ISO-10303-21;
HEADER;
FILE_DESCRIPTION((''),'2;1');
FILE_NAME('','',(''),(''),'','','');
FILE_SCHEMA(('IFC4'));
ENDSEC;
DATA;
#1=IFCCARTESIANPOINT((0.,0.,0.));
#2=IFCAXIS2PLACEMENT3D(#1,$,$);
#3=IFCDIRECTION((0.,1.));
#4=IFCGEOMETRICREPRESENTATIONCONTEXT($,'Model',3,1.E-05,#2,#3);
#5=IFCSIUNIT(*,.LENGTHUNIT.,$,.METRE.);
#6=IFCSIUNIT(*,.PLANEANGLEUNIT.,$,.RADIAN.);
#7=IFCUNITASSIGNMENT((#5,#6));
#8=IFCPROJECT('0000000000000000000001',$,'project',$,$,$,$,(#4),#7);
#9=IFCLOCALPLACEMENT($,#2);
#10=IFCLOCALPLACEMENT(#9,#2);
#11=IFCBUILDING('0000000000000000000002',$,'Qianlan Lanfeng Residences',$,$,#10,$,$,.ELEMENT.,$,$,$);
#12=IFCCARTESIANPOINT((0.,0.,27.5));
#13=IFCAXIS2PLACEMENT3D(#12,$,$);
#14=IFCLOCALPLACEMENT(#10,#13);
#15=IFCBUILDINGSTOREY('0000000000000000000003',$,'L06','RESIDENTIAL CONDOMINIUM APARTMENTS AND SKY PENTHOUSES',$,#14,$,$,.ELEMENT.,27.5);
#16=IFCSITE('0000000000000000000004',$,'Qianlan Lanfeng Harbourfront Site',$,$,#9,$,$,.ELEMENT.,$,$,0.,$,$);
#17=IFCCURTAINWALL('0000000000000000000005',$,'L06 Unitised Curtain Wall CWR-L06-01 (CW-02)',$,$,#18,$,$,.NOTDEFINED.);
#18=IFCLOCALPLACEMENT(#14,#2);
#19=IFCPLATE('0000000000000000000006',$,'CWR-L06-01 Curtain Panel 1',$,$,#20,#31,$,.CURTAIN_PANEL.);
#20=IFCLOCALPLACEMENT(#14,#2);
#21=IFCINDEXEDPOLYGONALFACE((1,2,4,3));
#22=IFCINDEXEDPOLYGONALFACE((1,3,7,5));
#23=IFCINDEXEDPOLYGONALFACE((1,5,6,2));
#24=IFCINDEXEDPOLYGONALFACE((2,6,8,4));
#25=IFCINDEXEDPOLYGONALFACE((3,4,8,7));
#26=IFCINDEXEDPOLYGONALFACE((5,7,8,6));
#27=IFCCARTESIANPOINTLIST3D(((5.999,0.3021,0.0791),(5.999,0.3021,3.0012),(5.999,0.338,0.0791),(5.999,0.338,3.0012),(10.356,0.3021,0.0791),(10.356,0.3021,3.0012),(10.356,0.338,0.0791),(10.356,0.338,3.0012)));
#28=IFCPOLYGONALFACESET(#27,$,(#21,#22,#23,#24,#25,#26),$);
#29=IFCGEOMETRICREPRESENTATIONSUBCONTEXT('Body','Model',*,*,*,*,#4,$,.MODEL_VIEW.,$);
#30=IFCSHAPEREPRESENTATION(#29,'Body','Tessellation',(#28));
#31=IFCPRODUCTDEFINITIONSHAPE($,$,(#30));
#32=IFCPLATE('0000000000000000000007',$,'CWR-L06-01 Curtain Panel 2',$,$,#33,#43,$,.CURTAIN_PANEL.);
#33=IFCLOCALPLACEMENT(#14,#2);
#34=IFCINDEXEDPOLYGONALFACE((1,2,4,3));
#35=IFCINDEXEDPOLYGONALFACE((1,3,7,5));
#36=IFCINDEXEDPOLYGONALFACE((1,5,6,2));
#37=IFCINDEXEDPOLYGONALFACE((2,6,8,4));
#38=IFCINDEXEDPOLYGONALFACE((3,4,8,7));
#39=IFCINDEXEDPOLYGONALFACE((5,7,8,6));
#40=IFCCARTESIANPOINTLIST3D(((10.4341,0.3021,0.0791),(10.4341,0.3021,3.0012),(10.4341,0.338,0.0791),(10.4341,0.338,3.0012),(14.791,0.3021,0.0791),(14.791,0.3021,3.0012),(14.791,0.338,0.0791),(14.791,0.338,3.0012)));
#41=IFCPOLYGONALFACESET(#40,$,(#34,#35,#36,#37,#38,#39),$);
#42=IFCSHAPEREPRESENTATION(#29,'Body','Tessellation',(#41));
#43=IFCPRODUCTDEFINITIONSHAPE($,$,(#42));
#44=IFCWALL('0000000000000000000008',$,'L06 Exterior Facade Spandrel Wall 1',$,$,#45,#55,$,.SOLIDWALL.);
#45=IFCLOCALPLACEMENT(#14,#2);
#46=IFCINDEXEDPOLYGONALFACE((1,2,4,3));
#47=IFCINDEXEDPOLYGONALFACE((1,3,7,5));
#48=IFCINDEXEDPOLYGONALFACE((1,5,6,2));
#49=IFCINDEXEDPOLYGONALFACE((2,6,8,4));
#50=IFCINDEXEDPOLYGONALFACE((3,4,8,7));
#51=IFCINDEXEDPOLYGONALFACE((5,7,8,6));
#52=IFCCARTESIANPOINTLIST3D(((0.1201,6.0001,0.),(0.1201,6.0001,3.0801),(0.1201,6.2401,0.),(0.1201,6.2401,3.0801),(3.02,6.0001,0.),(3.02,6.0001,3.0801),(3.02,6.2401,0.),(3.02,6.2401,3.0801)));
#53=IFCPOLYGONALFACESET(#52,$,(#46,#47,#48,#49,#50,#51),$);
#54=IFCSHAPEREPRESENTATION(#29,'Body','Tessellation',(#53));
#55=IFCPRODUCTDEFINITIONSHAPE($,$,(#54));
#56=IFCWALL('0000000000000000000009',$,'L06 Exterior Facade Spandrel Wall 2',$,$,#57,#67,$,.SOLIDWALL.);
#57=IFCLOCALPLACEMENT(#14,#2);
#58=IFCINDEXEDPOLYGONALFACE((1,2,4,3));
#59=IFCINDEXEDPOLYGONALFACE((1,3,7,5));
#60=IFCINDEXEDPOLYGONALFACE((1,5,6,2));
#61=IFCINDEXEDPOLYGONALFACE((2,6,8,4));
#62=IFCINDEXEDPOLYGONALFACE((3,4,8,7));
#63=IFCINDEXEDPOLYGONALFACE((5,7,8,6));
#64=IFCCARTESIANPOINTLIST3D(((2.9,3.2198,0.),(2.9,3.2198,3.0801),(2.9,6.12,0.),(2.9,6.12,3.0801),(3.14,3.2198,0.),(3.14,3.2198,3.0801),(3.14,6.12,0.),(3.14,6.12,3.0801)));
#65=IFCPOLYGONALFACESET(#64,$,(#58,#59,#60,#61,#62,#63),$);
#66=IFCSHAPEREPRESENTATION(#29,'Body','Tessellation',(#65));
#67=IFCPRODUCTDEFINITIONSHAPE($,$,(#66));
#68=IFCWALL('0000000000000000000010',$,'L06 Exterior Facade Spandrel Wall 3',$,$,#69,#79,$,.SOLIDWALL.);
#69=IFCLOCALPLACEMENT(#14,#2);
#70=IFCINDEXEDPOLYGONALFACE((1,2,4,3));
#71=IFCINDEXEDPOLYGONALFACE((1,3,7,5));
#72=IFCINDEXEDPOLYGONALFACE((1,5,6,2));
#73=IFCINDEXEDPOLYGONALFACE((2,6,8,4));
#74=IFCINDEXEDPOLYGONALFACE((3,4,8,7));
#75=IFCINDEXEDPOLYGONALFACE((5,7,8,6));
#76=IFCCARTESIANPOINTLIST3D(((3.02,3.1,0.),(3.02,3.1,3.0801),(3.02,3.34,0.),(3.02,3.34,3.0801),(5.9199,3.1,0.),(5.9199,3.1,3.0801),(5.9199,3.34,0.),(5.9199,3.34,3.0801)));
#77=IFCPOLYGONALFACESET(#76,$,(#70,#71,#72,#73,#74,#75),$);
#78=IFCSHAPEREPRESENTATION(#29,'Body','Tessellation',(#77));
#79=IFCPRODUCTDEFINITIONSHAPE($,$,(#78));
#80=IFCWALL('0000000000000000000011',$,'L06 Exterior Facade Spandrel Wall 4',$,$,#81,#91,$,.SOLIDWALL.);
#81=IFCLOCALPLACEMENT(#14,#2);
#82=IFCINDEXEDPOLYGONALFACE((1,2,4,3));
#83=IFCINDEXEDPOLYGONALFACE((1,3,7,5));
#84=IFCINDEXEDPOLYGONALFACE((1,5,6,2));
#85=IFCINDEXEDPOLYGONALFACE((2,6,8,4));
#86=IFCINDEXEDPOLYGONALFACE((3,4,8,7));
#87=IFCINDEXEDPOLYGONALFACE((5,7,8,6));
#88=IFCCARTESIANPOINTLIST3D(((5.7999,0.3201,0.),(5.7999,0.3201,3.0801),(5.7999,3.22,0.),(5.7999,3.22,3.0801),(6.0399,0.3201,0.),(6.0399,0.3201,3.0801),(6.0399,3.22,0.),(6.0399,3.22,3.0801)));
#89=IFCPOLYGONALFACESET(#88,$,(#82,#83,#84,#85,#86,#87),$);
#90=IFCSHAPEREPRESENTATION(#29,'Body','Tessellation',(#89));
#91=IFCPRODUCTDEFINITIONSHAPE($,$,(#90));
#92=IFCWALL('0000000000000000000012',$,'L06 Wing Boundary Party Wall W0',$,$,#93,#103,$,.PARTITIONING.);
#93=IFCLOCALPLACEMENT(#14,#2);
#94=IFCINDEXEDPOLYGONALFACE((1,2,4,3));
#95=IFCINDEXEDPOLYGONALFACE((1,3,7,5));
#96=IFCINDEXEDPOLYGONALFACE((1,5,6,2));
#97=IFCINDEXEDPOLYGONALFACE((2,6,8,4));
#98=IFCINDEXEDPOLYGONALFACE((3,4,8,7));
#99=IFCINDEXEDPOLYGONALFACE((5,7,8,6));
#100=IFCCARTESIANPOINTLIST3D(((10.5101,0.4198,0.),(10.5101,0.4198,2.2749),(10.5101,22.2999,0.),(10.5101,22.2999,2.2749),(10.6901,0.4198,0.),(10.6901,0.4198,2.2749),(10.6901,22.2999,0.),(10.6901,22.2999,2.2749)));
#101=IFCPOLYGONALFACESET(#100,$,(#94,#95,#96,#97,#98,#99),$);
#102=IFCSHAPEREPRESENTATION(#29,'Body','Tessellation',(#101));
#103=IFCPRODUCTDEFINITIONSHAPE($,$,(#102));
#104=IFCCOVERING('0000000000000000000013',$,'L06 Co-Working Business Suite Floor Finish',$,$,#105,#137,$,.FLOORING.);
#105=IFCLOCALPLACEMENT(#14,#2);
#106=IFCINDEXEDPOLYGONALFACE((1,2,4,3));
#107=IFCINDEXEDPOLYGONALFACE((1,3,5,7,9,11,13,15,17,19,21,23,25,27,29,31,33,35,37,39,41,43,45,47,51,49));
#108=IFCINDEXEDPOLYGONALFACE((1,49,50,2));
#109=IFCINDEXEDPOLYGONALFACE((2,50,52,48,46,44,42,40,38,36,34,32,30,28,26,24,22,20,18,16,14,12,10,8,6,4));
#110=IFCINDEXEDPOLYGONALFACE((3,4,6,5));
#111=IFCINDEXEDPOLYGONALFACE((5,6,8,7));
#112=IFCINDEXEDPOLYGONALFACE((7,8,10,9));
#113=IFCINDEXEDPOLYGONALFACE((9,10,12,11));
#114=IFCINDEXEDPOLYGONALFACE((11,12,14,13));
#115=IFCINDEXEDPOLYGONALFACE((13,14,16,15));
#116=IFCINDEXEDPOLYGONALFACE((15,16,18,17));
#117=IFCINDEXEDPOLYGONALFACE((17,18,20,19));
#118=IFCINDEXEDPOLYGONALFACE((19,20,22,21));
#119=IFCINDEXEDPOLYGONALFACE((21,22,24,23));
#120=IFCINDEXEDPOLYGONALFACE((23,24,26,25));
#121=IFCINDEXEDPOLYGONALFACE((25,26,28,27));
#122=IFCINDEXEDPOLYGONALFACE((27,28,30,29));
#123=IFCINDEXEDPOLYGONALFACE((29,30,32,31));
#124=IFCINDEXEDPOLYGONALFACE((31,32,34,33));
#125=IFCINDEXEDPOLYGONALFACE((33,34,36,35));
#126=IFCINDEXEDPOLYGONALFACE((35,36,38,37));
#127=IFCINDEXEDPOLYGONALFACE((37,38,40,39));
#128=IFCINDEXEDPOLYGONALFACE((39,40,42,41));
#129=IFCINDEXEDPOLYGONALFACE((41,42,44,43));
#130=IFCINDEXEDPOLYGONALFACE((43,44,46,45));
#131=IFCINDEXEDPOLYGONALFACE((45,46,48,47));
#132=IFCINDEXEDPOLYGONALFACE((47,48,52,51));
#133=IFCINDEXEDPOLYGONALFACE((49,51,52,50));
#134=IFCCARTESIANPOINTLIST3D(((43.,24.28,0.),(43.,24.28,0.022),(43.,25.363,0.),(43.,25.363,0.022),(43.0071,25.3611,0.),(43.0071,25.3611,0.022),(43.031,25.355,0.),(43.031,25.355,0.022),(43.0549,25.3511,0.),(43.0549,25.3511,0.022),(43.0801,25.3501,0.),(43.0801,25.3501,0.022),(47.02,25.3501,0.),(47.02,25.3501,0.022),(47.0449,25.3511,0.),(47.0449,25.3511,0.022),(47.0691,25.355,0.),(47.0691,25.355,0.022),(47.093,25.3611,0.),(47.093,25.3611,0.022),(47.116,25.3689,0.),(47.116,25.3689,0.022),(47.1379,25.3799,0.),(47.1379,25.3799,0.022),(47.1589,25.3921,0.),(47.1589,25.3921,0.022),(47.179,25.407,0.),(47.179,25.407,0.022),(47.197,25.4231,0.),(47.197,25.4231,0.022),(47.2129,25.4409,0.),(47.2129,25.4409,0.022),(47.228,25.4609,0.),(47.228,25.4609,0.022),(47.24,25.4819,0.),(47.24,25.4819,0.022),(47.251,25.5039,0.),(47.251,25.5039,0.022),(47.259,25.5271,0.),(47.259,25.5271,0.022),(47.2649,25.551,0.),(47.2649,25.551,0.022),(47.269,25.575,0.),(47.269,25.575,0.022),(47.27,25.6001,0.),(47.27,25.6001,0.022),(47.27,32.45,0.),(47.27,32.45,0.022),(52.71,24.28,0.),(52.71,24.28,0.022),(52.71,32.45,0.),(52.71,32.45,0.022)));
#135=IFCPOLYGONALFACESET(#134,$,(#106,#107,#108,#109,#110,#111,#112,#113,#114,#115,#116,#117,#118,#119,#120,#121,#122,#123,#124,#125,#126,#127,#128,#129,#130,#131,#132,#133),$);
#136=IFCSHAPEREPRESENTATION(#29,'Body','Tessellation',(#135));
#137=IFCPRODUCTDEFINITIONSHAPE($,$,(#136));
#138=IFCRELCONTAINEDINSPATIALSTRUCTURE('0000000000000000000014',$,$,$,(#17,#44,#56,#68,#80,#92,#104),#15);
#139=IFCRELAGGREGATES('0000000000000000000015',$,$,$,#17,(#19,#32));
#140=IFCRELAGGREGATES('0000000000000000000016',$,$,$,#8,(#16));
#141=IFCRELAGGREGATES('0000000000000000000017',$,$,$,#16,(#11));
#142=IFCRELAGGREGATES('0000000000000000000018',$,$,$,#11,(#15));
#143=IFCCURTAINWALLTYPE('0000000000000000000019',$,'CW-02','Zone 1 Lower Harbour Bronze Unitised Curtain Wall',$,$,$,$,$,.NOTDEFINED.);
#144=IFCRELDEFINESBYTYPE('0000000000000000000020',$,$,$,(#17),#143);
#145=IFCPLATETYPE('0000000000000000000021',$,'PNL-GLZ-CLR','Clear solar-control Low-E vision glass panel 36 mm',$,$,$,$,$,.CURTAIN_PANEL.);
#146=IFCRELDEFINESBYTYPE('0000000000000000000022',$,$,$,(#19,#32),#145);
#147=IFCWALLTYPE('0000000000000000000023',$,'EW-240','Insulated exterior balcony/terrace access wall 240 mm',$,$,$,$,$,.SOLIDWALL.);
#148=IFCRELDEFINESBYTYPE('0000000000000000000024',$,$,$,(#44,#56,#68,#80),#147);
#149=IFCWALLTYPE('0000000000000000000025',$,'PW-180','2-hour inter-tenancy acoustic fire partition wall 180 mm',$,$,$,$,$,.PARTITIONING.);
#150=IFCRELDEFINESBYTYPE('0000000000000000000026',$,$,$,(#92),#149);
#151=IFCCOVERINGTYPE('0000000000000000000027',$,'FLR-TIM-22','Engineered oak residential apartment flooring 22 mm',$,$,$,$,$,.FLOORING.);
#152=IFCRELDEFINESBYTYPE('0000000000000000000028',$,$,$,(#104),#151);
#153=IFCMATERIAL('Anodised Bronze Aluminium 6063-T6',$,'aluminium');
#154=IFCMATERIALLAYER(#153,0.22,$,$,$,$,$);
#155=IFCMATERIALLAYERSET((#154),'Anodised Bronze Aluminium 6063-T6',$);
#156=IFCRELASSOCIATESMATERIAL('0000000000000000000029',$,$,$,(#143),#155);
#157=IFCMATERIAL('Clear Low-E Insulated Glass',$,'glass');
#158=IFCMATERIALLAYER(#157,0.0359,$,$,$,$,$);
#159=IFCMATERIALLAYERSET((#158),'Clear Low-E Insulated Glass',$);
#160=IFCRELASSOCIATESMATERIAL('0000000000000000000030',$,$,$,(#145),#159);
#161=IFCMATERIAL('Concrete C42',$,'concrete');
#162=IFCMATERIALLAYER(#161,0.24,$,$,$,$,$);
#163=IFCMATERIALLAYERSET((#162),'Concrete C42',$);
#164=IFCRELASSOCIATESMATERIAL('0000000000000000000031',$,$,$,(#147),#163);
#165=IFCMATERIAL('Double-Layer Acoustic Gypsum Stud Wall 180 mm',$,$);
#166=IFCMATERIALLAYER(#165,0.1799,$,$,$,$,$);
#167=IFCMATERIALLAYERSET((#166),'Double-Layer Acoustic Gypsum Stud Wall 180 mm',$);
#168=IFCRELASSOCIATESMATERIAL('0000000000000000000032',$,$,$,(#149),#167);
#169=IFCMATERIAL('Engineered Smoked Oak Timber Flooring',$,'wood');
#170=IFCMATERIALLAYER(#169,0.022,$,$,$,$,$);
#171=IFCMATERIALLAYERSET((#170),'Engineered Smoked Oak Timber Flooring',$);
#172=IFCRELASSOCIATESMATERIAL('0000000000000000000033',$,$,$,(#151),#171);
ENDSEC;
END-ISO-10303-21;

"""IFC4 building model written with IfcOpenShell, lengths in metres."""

from ifc_helpers import new_model, si_unit, direction, frame, frame_2d, origin, origin_2d, place, context, subcontext, project, spatial, polyline, rectangle, outline, extrude, source, transform, mapped, material, layer, layer_set, type_object, element, aggregate, save


model = new_model("IFC4")

# Units and contexts
model_context = context("Model", 3, precision=1e-05, world=origin(), true_north=direction((0.0, 1.0)))
body_context = subcontext(model_context, "Body", "Model", "MODEL_VIEW")
ifc_project = project(units=[si_unit("LENGTHUNIT", "METRE"), si_unit("PLANEANGLEUNIT", "RADIAN")], contexts=[model_context])

# Site, building, storey
site_placement = place(None, origin())
site = spatial("IfcSite", under=ifc_project, at=site_placement, Name="Qianlan Lanfeng Harbourfront Site", CompositionType="ELEMENT", RefElevation=0.0)
building_placement = place(site_placement, origin())
building = spatial("IfcBuilding", under=site, at=building_placement, Name="Qianlan Lanfeng Residences", CompositionType="ELEMENT")
storey_placement = place(building_placement, frame((0.0, 0.0, 27.5)))
storey = spatial("IfcBuildingStorey", under=building, at=storey_placement, Name="L06", Description="RESIDENTIAL CONDOMINIUM APARTMENTS AND SKY PENTHOUSES", CompositionType="ELEMENT", Elevation=27.5)

# Curtain wall
ifc_material_1 = material(Name="Anodised Bronze Aluminium 6063-T6", Category="aluminium")
ifc_layer_1 = layer(ifc_material_1, 0.22)
ifc_layer_set_1 = layer_set([ifc_layer_1], Name="Anodised Bronze Aluminium 6063-T6")
curtain_wall_type = type_object("IfcCurtainWallType", Name="CW-02", Description="Zone 1 Lower Harbour Bronze Unitised Curtain Wall", PredefinedType="NOTDEFINED", material=ifc_layer_set_1)
curtain_wall_1_placement = place(storey_placement, origin())
curtain_wall_1 = element("IfcCurtainWall", 1, at=curtain_wall_1_placement, inside=storey, type_object=curtain_wall_type, Name="L06 Unitised Curtain Wall CWR-L06-01 (CW-02)", PredefinedType="NOTDEFINED")

# Plates
ifc_material_2 = material(Name="Clear Low-E Insulated Glass", Category="glass")
ifc_layer_2 = layer(ifc_material_2, 0.0359)
ifc_layer_set_2 = layer_set([ifc_layer_2], Name="Clear Low-E Insulated Glass")
plate_type = type_object("IfcPlateType", Name="PNL-GLZ-CLR", Description="Clear solar-control Low-E vision glass panel 36 mm", PredefinedType="CURTAIN_PANEL", material=ifc_layer_set_2)
shared_shape_1 = source(origin(), body_context, "Body", "SweptSolid", [
    extrude(rectangle(XDim=4.3569, YDim=0.0359, at=origin_2d()), origin(), (0.0, 0.0, 1.0), 2.9221),
])
plate_1_placement = place(storey_placement, frame((8.1775, 0.3201, 0.0791), z_axis=(0.0, 0.0, 1.0), x_axis=(1.0, 0.0, 0.0)))
plate_1 = element("IfcPlate", 2, at=plate_1_placement, type_object=plate_type, Name="CWR-L06-01 Curtain Panel 1", PredefinedType="CURTAIN_PANEL", context=body_context, shape_type="MappedRepresentation", body=[
    mapped(shared_shape_1, transform((0.0, 0.0, 0.0), scale=1.0)),
])
plate_2_placement = place(storey_placement, frame((12.6125, 0.3201, 0.0791), z_axis=(0.0, 0.0, 1.0), x_axis=(1.0, 0.0, 0.0)))
plate_2 = element("IfcPlate", 3, at=plate_2_placement, type_object=plate_type, Name="CWR-L06-01 Curtain Panel 2", PredefinedType="CURTAIN_PANEL", context=body_context, shape_type="MappedRepresentation", body=[
    mapped(shared_shape_1, transform((0.0, 0.0, 0.0), scale=1.0)),
])
aggregate(curtain_wall_1, [plate_1, plate_2])

# Walls
ifc_material_3 = material(Name="Concrete C42", Category="concrete")
ifc_layer_3 = layer(ifc_material_3, 0.24)
ifc_layer_set_3 = layer_set([ifc_layer_3], Name="Concrete C42")
wall_type_1 = type_object("IfcWallType", Name="EW-240", Description="Insulated exterior balcony/terrace access wall 240 mm", PredefinedType="SOLIDWALL", material=ifc_layer_set_3)
wall_1_placement = place(storey_placement, frame((0.1201, 6.1201, 0.0), z_axis=(0.0, 0.0, 1.0), x_axis=(1.0, 0.0, 0.0)))
element("IfcWall", 4, at=wall_1_placement, inside=storey, type_object=wall_type_1, Name="L06 Exterior Facade Spandrel Wall 1", PredefinedType="SOLIDWALL", context=body_context, shape_type="SweptSolid", body=[
    extrude(rectangle(XDim=2.8999, YDim=0.24, at=frame_2d((1.45, 0.0))), origin(), (0.0, 0.0, 1.0), 3.0801),
])
wall_2_placement = place(storey_placement, frame((3.02, 6.1201, 0.0), z_axis=(0.0, 0.0, 1.0), x_axis=(0.0, -1.0, 0.0)))
element("IfcWall", 5, at=wall_2_placement, inside=storey, type_object=wall_type_1, Name="L06 Exterior Facade Spandrel Wall 2", PredefinedType="SOLIDWALL", context=body_context, shape_type="SweptSolid", body=[
    extrude(rectangle(XDim=2.9001, YDim=0.24, at=frame_2d((1.4502, 0.0))), origin(), (0.0, 0.0, 1.0), 3.0801),
])
for number, where, z_axis, x_axis, name in (
    (6, (3.02, 3.22, 0.0), (0.0, 0.0, 1.0), (1.0, 0.0, 0.0), "L06 Exterior Facade Spandrel Wall 3"),
    (7, (5.9199, 3.22, 0.0), (0.0, 0.0, 1.0), (0.0, -1.0, 0.0), "L06 Exterior Facade Spandrel Wall 4"),
):
    element("IfcWall", number, at=place(storey_placement, frame(where, z_axis=z_axis, x_axis=x_axis)), inside=storey, type_object=wall_type_1, Name=name, PredefinedType="SOLIDWALL", context=body_context, shape_type="SweptSolid", body=[
        extrude(rectangle(XDim=2.8999, YDim=0.24, at=frame_2d((1.45, 0.0))), origin(), (0.0, 0.0, 1.0), 3.0801),
    ])
ifc_material_4 = material(Name="Double-Layer Acoustic Gypsum Stud Wall 180 mm")
ifc_layer_4 = layer(ifc_material_4, 0.1799)
ifc_layer_set_4 = layer_set([ifc_layer_4], Name="Double-Layer Acoustic Gypsum Stud Wall 180 mm")
wall_type_2 = type_object("IfcWallType", Name="PW-180", Description="2-hour inter-tenancy acoustic fire partition wall 180 mm", PredefinedType="PARTITIONING", material=ifc_layer_set_4)
wall_3_placement = place(storey_placement, frame((10.6001, 0.4199, 0.0), z_axis=(0.0, 0.0, 1.0), x_axis=(0.0, 1.0, 0.0)))
element("IfcWall", 8, at=wall_3_placement, inside=storey, type_object=wall_type_2, Name="L06 Wing Boundary Party Wall W0", PredefinedType="PARTITIONING", context=body_context, shape_type="SweptSolid", body=[
    extrude(rectangle(XDim=21.8801, YDim=0.1799, at=frame_2d((10.9399, 0.0))), origin(), (0.0, 0.0, 1.0), 2.2749),
])

# Covering
ifc_material_5 = material(Name="Engineered Smoked Oak Timber Flooring", Category="wood")
ifc_layer_5 = layer(ifc_material_5, 0.022)
ifc_layer_set_5 = layer_set([ifc_layer_5], Name="Engineered Smoked Oak Timber Flooring")
covering_type = type_object("IfcCoveringType", Name="FLR-TIM-22", Description="Engineered oak residential apartment flooring 22 mm", PredefinedType="FLOORING", material=ifc_layer_set_5)
covering_1_placement = place(storey_placement, origin())
element("IfcCovering", 9, at=covering_1_placement, inside=storey, type_object=covering_type, Name="L06 Co-Working Business Suite Floor Finish", PredefinedType="FLOORING", context=body_context, shape_type="SweptSolid", body=[
    extrude(outline(polyline([(52.71, 32.45), (47.27, 32.45), (47.27, 25.6001), (47.269, 25.575), (47.2649, 25.551), (47.259, 25.5271), (47.251, 25.5039), (47.24, 25.4819), (47.228, 25.4609), (47.2129, 25.4409), (47.197, 25.4231), (47.179, 25.407), (47.1589, 25.3921), (47.1379, 25.3799), (47.116, 25.3689), (47.093, 25.3611), (47.0691, 25.355), (47.0449, 25.3511), (47.02, 25.3501), (43.0801, 25.3501), (43.0549, 25.3511), (43.031, 25.355), (43.0071, 25.3611), (43.0, 25.363), (43.0, 24.28), (52.71, 24.28), (52.71, 32.45)])), origin(), (0.0, 0.0, 1.0), 0.022),
])

save(model, "model.ifc")
